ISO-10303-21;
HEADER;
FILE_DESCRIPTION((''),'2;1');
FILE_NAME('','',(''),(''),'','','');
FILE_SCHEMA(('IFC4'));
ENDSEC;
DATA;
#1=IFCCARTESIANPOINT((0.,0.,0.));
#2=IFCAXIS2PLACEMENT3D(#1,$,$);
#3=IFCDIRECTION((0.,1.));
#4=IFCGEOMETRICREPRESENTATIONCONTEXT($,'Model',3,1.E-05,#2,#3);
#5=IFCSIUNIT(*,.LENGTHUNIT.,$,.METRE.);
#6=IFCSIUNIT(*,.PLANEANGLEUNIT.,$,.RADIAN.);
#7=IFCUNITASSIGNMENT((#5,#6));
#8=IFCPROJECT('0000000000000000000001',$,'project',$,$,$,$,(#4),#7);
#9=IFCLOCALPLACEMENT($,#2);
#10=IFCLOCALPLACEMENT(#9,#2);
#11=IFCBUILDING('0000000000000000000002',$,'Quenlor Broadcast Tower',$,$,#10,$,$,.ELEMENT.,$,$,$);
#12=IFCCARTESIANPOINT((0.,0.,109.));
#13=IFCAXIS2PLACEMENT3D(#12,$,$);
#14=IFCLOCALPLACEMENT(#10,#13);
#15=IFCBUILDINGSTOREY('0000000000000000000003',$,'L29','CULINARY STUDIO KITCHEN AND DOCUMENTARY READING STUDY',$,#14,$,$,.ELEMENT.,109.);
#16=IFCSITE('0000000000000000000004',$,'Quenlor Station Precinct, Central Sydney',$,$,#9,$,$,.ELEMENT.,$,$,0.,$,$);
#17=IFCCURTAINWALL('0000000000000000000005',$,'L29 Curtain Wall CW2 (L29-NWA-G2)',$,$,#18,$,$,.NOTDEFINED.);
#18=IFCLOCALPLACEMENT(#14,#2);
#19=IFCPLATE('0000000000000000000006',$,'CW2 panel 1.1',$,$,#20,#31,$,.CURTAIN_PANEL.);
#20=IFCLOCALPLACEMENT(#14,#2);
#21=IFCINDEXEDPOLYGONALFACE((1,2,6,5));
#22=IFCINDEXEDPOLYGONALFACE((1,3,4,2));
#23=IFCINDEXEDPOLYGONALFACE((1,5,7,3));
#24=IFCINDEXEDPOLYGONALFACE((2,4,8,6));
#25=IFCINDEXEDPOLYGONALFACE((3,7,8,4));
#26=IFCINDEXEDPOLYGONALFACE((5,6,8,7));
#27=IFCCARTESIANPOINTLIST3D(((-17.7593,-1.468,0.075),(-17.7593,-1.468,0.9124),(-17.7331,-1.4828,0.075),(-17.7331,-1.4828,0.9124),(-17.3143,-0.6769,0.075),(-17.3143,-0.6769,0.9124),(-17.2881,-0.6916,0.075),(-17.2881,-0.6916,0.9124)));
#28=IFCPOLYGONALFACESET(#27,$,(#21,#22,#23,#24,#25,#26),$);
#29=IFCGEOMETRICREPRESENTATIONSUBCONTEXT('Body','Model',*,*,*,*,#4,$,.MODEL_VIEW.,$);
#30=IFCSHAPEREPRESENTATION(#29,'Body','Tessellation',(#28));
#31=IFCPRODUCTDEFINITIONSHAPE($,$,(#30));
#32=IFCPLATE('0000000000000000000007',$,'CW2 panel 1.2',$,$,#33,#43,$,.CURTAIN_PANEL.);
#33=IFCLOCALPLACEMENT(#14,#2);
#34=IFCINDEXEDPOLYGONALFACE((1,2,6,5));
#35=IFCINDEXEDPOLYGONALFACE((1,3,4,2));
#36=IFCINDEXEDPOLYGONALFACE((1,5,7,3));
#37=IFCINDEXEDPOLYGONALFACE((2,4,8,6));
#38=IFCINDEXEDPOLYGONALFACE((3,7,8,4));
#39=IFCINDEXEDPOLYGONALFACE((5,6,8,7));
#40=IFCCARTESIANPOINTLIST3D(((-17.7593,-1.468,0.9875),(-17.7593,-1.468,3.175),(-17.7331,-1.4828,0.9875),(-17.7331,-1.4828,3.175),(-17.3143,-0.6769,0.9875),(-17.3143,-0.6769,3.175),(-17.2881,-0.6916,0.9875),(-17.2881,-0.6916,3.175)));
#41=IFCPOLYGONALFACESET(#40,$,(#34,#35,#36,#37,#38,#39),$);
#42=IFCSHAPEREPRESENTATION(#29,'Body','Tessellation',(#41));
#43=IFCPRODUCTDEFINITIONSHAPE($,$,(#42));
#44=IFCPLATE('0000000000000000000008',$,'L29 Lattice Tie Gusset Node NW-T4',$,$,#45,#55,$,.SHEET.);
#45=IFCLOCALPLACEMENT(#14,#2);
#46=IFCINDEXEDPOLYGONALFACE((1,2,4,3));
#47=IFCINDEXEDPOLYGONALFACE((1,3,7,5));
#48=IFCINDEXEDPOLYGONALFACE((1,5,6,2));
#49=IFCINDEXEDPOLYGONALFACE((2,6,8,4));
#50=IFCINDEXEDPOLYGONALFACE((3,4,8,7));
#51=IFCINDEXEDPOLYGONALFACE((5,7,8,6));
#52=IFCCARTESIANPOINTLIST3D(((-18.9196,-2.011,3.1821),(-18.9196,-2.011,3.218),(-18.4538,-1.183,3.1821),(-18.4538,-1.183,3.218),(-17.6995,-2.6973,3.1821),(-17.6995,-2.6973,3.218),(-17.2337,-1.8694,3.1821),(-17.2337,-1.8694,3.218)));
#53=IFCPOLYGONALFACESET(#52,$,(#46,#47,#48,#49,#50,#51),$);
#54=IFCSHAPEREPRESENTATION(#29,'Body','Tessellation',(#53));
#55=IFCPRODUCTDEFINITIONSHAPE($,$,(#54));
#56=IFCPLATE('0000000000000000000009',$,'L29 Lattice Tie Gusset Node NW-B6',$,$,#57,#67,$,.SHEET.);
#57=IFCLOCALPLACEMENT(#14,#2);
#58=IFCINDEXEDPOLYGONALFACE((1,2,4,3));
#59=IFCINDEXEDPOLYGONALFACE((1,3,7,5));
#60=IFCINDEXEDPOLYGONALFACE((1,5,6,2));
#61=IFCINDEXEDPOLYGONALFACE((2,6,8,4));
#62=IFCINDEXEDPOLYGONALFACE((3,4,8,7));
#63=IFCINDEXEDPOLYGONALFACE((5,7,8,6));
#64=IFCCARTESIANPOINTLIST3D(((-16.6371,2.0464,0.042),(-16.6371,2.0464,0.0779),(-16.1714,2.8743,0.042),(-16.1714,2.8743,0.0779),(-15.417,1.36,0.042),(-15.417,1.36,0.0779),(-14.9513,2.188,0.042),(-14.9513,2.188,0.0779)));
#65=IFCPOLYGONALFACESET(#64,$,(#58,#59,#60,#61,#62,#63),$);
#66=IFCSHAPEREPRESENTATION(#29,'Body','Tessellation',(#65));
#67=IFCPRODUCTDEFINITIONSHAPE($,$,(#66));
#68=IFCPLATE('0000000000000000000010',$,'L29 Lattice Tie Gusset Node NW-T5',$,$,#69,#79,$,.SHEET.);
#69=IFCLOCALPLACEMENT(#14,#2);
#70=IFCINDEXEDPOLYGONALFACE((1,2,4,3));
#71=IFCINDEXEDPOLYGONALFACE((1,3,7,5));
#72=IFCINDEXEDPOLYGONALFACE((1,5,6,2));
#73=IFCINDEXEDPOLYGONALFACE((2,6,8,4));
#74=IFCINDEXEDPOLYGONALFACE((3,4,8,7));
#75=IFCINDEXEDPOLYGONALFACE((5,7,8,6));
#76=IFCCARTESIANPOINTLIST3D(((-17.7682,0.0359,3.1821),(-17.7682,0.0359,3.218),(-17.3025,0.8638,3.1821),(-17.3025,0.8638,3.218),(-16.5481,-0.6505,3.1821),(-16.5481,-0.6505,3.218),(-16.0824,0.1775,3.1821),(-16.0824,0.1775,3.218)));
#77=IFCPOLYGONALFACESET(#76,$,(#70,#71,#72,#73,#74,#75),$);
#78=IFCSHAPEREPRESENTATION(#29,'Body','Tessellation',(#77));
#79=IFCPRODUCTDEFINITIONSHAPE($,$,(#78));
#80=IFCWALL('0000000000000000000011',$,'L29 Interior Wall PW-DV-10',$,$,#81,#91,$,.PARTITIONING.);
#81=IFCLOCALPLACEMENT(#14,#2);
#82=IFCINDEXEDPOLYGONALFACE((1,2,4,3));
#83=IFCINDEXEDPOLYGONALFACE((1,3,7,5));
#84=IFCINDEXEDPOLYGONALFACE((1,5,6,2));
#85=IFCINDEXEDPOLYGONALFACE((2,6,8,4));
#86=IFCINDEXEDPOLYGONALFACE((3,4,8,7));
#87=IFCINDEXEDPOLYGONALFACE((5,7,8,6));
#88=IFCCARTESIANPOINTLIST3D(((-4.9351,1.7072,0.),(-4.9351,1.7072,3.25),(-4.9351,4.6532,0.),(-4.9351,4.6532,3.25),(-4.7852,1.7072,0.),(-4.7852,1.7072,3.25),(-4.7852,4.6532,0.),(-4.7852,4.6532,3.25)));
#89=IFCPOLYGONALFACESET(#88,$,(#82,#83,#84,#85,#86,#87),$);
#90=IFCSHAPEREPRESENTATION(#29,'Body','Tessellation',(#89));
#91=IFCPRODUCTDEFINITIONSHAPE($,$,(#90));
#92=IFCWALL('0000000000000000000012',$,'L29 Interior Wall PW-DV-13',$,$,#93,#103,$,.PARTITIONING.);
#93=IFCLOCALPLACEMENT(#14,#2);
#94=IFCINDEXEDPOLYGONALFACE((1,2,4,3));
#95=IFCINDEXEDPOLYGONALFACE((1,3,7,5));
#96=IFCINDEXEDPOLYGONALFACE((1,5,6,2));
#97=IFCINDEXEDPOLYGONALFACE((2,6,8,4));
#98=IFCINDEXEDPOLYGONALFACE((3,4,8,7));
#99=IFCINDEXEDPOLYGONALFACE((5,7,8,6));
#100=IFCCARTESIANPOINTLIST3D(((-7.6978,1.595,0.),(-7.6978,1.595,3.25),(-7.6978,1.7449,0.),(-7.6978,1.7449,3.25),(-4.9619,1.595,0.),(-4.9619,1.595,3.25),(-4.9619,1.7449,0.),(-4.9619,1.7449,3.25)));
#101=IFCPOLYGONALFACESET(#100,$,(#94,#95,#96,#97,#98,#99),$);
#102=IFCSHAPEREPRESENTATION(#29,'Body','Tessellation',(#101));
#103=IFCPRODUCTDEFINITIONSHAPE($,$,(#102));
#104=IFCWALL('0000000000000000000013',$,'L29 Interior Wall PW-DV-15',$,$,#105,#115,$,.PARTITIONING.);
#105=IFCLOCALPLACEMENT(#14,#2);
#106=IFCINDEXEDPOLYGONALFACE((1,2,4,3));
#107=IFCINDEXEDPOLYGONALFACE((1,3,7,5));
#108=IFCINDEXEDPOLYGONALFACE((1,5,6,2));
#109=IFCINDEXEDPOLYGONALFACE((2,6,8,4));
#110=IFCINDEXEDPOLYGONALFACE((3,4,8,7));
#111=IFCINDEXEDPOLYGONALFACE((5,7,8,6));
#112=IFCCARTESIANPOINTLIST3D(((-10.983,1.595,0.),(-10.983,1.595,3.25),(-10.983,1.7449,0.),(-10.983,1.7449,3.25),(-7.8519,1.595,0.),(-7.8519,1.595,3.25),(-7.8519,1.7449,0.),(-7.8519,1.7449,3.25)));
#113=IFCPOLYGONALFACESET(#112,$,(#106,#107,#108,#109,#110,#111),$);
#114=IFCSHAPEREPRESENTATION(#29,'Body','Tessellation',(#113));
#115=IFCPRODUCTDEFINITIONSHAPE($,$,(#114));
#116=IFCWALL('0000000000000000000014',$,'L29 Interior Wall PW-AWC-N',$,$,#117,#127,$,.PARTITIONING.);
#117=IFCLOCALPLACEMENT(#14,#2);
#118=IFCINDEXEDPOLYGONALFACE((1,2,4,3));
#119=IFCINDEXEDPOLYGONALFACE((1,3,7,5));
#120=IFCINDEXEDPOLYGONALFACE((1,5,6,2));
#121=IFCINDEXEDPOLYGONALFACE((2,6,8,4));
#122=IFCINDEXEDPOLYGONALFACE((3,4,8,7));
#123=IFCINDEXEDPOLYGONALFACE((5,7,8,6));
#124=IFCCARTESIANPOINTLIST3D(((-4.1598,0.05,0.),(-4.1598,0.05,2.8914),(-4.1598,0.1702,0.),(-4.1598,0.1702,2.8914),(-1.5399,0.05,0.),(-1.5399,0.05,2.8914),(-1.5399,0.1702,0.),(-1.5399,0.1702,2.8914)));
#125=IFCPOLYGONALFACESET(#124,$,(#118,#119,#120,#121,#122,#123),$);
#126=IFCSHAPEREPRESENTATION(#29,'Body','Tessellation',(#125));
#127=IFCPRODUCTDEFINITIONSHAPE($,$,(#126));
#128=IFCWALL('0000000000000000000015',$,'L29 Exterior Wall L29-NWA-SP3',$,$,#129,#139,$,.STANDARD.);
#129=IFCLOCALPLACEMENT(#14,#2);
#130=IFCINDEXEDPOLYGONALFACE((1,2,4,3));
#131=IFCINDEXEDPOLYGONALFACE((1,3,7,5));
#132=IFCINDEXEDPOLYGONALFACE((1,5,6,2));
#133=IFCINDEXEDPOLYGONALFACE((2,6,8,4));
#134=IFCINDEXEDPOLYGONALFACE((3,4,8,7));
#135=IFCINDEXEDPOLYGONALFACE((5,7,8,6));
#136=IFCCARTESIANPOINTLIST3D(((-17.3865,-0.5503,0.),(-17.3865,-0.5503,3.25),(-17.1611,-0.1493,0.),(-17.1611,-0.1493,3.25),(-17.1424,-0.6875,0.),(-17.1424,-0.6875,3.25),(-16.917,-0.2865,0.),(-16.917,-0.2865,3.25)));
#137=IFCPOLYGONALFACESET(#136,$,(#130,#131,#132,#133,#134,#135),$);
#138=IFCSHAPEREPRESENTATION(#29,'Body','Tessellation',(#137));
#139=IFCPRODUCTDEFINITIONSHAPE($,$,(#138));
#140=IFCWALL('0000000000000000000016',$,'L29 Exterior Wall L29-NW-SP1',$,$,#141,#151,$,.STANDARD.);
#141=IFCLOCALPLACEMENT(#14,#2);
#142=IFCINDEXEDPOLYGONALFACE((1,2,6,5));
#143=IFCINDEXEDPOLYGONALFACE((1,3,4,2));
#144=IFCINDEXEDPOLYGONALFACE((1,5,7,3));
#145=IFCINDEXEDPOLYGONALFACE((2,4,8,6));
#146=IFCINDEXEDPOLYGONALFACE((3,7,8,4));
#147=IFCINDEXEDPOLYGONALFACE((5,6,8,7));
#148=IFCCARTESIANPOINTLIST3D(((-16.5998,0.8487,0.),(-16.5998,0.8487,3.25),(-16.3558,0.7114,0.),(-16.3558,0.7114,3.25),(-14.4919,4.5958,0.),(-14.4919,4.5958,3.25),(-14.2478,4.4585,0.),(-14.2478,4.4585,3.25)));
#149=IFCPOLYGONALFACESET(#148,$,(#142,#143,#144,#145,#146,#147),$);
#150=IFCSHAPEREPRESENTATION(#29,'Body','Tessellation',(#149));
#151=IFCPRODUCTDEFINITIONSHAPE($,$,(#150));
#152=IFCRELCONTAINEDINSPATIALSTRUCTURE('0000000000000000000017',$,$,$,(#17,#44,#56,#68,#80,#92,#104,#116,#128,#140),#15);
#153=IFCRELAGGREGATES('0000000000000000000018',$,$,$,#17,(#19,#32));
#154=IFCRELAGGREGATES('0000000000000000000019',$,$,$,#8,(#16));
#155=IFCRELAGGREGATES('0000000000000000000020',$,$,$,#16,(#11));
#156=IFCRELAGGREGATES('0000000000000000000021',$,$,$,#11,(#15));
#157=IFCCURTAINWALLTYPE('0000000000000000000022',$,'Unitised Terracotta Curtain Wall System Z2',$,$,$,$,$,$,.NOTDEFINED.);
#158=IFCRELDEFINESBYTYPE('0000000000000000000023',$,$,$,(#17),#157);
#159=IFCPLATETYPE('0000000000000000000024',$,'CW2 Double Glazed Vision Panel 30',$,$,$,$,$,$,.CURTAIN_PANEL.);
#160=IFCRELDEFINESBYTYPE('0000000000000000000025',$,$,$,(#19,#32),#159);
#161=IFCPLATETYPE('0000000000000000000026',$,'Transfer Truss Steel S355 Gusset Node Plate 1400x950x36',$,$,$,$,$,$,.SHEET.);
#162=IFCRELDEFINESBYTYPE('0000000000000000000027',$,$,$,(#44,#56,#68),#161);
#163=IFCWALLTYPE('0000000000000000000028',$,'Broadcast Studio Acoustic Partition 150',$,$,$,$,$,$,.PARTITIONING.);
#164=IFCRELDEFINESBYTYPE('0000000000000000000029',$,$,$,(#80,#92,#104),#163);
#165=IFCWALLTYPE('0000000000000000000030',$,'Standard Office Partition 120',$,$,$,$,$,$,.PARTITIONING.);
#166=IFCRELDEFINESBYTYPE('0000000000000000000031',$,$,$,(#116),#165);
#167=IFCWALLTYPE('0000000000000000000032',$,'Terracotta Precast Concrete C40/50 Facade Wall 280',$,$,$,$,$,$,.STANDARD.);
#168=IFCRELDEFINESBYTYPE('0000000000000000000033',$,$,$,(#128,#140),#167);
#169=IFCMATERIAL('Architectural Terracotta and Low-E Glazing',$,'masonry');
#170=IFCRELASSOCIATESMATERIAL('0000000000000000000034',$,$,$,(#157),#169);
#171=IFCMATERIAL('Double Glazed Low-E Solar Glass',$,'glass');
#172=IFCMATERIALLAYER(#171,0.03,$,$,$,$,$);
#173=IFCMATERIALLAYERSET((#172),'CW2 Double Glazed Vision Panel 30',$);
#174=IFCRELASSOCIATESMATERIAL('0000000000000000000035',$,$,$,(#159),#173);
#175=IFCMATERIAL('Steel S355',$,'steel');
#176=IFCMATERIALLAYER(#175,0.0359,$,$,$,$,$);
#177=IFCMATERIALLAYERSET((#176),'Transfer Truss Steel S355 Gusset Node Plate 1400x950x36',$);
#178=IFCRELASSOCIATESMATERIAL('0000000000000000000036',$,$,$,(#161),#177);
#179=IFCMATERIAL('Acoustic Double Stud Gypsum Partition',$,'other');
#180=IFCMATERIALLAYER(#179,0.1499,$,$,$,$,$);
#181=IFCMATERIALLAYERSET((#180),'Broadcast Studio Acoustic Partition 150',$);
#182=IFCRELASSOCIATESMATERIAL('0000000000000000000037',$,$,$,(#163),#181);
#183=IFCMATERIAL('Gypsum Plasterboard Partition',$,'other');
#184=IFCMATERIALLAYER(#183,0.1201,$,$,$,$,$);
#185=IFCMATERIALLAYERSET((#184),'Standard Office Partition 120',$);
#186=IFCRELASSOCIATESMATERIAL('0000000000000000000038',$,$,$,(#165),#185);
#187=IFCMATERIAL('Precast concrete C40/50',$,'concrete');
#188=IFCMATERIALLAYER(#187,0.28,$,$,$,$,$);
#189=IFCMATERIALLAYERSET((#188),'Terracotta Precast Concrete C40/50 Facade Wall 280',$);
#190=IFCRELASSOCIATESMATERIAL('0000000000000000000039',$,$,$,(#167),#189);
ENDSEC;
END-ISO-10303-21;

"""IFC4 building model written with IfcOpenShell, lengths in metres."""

from ifc_helpers import new_model, si_unit, direction, frame, frame_2d, origin, origin_2d, place, context, subcontext, project, spatial, rectangle, extrude, material, layer, layer_set, type_object, element, aggregate, save


model = new_model("IFC4")

# Units and contexts
model_context = context("Model", 3, precision=1e-05, world=origin(), true_north=direction((0.0, 1.0)))
body_context = subcontext(model_context, "Body", "Model", "MODEL_VIEW")
ifc_project = project(units=[si_unit("LENGTHUNIT", "METRE"), si_unit("PLANEANGLEUNIT", "RADIAN")], contexts=[model_context])

# Site, building, storey
site_placement = place(None, origin())
site = spatial("IfcSite", under=ifc_project, at=site_placement, Name="Quenlor Station Precinct, Central Sydney", CompositionType="ELEMENT", RefElevation=0.0)
building_placement = place(site_placement, origin())
building = spatial("IfcBuilding", under=site, at=building_placement, Name="Quenlor Broadcast Tower", CompositionType="ELEMENT")
storey_placement = place(building_placement, frame((0.0, 0.0, 109.0)))
storey = spatial("IfcBuildingStorey", under=building, at=storey_placement, Name="L29", Description="CULINARY STUDIO KITCHEN AND DOCUMENTARY READING STUDY", CompositionType="ELEMENT", Elevation=109.0)

# Curtain wall
ifc_material_1 = material(Name="Architectural Terracotta and Low-E Glazing", Category="masonry")
curtain_wall_type = type_object("IfcCurtainWallType", Name="Unitised Terracotta Curtain Wall System Z2", PredefinedType="NOTDEFINED", material=ifc_material_1)
curtain_wall_placement = place(storey_placement, origin())
curtain_wall = element("IfcCurtainWall", 1, at=curtain_wall_placement, inside=storey, type_object=curtain_wall_type, Name="L29 Curtain Wall CW2 (L29-NWA-G2)", PredefinedType="NOTDEFINED")

# Plates
ifc_material_2 = material(Name="Double Glazed Low-E Solar Glass", Category="glass")
ifc_layer_1 = layer(ifc_material_2, 0.03)
ifc_layer_set_1 = layer_set([ifc_layer_1], Name="CW2 Double Glazed Vision Panel 30")
plate_type_1 = type_object("IfcPlateType", Name="CW2 Double Glazed Vision Panel 30", PredefinedType="CURTAIN_PANEL", material=ifc_layer_set_1)
plate_1_placement = place(storey_placement, frame((-17.5237, -1.0798, 0.075), z_axis=(0.0, 0.0, 1.0), x_axis=(0.490252, 0.871581, 0.0)))
plate_1 = element("IfcPlate", 2, at=plate_1_placement, type_object=plate_type_1, Name="CW2 panel 1.1", PredefinedType="CURTAIN_PANEL", context=body_context, shape_type="SweptSolid", body=[
    extrude(rectangle(XDim=0.9077, YDim=0.03, at=origin_2d()), origin(), (0.0, 0.0, 1.0), 0.8374),
])
plate_2_placement = place(storey_placement, frame((-17.5237, -1.0798, 0.9875), z_axis=(0.0, 0.0, 1.0), x_axis=(0.490252, 0.871581, 0.0)))
plate_2 = element("IfcPlate", 3, at=plate_2_placement, type_object=plate_type_1, Name="CW2 panel 1.2", PredefinedType="CURTAIN_PANEL", context=body_context, shape_type="SweptSolid", body=[
    extrude(rectangle(XDim=0.9077, YDim=0.03, at=origin_2d()), origin(), (0.0, 0.0, 1.0), 2.1875),
])
aggregate(curtain_wall, [plate_1, plate_2])

# Plates
ifc_material_3 = material(Name="Steel S355", Category="steel")
ifc_layer_2 = layer(ifc_material_3, 0.0359)
ifc_layer_set_2 = layer_set([ifc_layer_2], Name="Transfer Truss Steel S355 Gusset Node Plate 1400x950x36")
plate_type_2 = type_object("IfcPlateType", Name="Transfer Truss Steel S355 Gusset Node Plate 1400x950x36", PredefinedType="SHEET", material=ifc_layer_set_2)
for number, where, z_axis, x_axis, name in (
    (4, (-18.0767, -1.9402, 3.1821), (0.0, 0.0, 1.0), (-0.871556, 0.490295, 0.0), "L29 Lattice Tie Gusset Node NW-T4"),
    (5, (-15.7942, 2.1172, 0.042), (0.0, 0.0, 1.0), (-0.871556, 0.490295, 0.0), "L29 Lattice Tie Gusset Node NW-B6"),
    (6, (-16.9253, 0.1067, 3.1821), (0.0, 0.0, 1.0), (-0.871556, 0.490295, 0.0), "L29 Lattice Tie Gusset Node NW-T5"),
):
    element("IfcPlate", number, at=place(storey_placement, frame(where, z_axis=z_axis, x_axis=x_axis)), inside=storey, type_object=plate_type_2, Name=name, PredefinedType="SHEET", context=body_context, shape_type="SweptSolid", body=[
        extrude(rectangle(XDim=1.3999, YDim=0.95, at=origin_2d()), origin(), (0.0, 0.0, 1.0), 0.0359),
    ])

# Walls
ifc_material_4 = material(Name="Acoustic Double Stud Gypsum Partition", Category="other")
ifc_layer_3 = layer(ifc_material_4, 0.1499)
ifc_layer_set_3 = layer_set([ifc_layer_3], Name="Broadcast Studio Acoustic Partition 150")
wall_type_1 = type_object("IfcWallType", Name="Broadcast Studio Acoustic Partition 150", PredefinedType="PARTITIONING", material=ifc_layer_set_3)
wall_1_placement = place(storey_placement, frame((-4.8601, 1.707, 0.0), z_axis=(0.0, 0.0, 1.0), x_axis=(0.0, 1.0, 0.0)))
element("IfcWall", 7, at=wall_1_placement, inside=storey, type_object=wall_type_1, Name="L29 Interior Wall PW-DV-10", PredefinedType="PARTITIONING", context=body_context, shape_type="SweptSolid", body=[
    extrude(rectangle(XDim=2.946, YDim=0.1499, at=frame_2d((1.4731, 0.0))), origin(), (0.0, 0.0, 1.0), 3.25),
])
wall_2_placement = place(storey_placement, frame((-7.6978, 1.6699, 0.0), z_axis=(0.0, 0.0, 1.0), x_axis=(1.0, 0.0, 0.0)))
element("IfcWall", 8, at=wall_2_placement, inside=storey, type_object=wall_type_1, Name="L29 Interior Wall PW-DV-13", PredefinedType="PARTITIONING", context=body_context, shape_type="SweptSolid", body=[
    extrude(rectangle(XDim=2.7358, YDim=0.1499, at=frame_2d((1.3679, 0.0))), origin(), (0.0, 0.0, 1.0), 3.25),
])
wall_3_placement = place(storey_placement, frame((-10.9829, 1.6699, 0.0), z_axis=(0.0, 0.0, 1.0), x_axis=(1.0, 0.0, 0.0)))
element("IfcWall", 9, at=wall_3_placement, inside=storey, type_object=wall_type_1, Name="L29 Interior Wall PW-DV-15", PredefinedType="PARTITIONING", context=body_context, shape_type="SweptSolid", body=[
    extrude(rectangle(XDim=3.1311, YDim=0.1499, at=frame_2d((1.5654, 0.0))), origin(), (0.0, 0.0, 1.0), 3.25),
])
ifc_material_5 = material(Name="Gypsum Plasterboard Partition", Category="other")
ifc_layer_4 = layer(ifc_material_5, 0.1201)
ifc_layer_set_4 = layer_set([ifc_layer_4], Name="Standard Office Partition 120")
wall_type_2 = type_object("IfcWallType", Name="Standard Office Partition 120", PredefinedType="PARTITIONING", material=ifc_layer_set_4)
wall_4_placement = place(storey_placement, frame((-4.1599, 0.1101, 0.0), z_axis=(0.0, 0.0, 1.0), x_axis=(1.0, 0.0, 0.0)))
element("IfcWall", 10, at=wall_4_placement, inside=storey, type_object=wall_type_2, Name="L29 Interior Wall PW-AWC-N", PredefinedType="PARTITIONING", context=body_context, shape_type="SweptSolid", body=[
    extrude(rectangle(XDim=2.6199, YDim=0.1201, at=frame_2d((1.3101, 0.0))), origin(), (0.0, 0.0, 1.0), 2.8914),
])
ifc_material_6 = material(Name="Precast concrete C40/50", Category="concrete")
ifc_layer_5 = layer(ifc_material_6, 0.28)
ifc_layer_set_5 = layer_set([ifc_layer_5], Name="Terracotta Precast Concrete C40/50 Facade Wall 280")
wall_type_3 = type_object("IfcWallType", Name="Terracotta Precast Concrete C40/50 Facade Wall 280", PredefinedType="STANDARD", material=ifc_layer_set_5)
wall_5_placement = place(storey_placement, frame((-17.2644, -0.6189, 0.0), z_axis=(0.0, 0.0, 1.0), x_axis=(0.490009, 0.871717, 0.0)))
element("IfcWall", 11, at=wall_5_placement, inside=storey, type_object=wall_type_3, Name="L29 Exterior Wall L29-NWA-SP3", PredefinedType="STANDARD", context=body_context, shape_type="SweptSolid", body=[
    extrude(rectangle(XDim=0.46, YDim=0.28, at=frame_2d((0.23, 0.0))), origin(), (0.0, 0.0, 1.0), 3.25),
])
wall_6_placement = place(storey_placement, frame((-16.4778, 0.78, 0.0), z_axis=(0.0, 0.0, 1.0), x_axis=(0.490294, 0.871557, 0.0)))
element("IfcWall", 12, at=wall_6_placement, inside=storey, type_object=wall_type_3, Name="L29 Exterior Wall L29-NW-SP1", PredefinedType="STANDARD", context=body_context, shape_type="SweptSolid", body=[
    extrude(rectangle(XDim=4.2993, YDim=0.28, at=frame_2d((2.1497, 0.0))), origin(), (0.0, 0.0, 1.0), 3.25),
])

save(model, "model.ifc")
